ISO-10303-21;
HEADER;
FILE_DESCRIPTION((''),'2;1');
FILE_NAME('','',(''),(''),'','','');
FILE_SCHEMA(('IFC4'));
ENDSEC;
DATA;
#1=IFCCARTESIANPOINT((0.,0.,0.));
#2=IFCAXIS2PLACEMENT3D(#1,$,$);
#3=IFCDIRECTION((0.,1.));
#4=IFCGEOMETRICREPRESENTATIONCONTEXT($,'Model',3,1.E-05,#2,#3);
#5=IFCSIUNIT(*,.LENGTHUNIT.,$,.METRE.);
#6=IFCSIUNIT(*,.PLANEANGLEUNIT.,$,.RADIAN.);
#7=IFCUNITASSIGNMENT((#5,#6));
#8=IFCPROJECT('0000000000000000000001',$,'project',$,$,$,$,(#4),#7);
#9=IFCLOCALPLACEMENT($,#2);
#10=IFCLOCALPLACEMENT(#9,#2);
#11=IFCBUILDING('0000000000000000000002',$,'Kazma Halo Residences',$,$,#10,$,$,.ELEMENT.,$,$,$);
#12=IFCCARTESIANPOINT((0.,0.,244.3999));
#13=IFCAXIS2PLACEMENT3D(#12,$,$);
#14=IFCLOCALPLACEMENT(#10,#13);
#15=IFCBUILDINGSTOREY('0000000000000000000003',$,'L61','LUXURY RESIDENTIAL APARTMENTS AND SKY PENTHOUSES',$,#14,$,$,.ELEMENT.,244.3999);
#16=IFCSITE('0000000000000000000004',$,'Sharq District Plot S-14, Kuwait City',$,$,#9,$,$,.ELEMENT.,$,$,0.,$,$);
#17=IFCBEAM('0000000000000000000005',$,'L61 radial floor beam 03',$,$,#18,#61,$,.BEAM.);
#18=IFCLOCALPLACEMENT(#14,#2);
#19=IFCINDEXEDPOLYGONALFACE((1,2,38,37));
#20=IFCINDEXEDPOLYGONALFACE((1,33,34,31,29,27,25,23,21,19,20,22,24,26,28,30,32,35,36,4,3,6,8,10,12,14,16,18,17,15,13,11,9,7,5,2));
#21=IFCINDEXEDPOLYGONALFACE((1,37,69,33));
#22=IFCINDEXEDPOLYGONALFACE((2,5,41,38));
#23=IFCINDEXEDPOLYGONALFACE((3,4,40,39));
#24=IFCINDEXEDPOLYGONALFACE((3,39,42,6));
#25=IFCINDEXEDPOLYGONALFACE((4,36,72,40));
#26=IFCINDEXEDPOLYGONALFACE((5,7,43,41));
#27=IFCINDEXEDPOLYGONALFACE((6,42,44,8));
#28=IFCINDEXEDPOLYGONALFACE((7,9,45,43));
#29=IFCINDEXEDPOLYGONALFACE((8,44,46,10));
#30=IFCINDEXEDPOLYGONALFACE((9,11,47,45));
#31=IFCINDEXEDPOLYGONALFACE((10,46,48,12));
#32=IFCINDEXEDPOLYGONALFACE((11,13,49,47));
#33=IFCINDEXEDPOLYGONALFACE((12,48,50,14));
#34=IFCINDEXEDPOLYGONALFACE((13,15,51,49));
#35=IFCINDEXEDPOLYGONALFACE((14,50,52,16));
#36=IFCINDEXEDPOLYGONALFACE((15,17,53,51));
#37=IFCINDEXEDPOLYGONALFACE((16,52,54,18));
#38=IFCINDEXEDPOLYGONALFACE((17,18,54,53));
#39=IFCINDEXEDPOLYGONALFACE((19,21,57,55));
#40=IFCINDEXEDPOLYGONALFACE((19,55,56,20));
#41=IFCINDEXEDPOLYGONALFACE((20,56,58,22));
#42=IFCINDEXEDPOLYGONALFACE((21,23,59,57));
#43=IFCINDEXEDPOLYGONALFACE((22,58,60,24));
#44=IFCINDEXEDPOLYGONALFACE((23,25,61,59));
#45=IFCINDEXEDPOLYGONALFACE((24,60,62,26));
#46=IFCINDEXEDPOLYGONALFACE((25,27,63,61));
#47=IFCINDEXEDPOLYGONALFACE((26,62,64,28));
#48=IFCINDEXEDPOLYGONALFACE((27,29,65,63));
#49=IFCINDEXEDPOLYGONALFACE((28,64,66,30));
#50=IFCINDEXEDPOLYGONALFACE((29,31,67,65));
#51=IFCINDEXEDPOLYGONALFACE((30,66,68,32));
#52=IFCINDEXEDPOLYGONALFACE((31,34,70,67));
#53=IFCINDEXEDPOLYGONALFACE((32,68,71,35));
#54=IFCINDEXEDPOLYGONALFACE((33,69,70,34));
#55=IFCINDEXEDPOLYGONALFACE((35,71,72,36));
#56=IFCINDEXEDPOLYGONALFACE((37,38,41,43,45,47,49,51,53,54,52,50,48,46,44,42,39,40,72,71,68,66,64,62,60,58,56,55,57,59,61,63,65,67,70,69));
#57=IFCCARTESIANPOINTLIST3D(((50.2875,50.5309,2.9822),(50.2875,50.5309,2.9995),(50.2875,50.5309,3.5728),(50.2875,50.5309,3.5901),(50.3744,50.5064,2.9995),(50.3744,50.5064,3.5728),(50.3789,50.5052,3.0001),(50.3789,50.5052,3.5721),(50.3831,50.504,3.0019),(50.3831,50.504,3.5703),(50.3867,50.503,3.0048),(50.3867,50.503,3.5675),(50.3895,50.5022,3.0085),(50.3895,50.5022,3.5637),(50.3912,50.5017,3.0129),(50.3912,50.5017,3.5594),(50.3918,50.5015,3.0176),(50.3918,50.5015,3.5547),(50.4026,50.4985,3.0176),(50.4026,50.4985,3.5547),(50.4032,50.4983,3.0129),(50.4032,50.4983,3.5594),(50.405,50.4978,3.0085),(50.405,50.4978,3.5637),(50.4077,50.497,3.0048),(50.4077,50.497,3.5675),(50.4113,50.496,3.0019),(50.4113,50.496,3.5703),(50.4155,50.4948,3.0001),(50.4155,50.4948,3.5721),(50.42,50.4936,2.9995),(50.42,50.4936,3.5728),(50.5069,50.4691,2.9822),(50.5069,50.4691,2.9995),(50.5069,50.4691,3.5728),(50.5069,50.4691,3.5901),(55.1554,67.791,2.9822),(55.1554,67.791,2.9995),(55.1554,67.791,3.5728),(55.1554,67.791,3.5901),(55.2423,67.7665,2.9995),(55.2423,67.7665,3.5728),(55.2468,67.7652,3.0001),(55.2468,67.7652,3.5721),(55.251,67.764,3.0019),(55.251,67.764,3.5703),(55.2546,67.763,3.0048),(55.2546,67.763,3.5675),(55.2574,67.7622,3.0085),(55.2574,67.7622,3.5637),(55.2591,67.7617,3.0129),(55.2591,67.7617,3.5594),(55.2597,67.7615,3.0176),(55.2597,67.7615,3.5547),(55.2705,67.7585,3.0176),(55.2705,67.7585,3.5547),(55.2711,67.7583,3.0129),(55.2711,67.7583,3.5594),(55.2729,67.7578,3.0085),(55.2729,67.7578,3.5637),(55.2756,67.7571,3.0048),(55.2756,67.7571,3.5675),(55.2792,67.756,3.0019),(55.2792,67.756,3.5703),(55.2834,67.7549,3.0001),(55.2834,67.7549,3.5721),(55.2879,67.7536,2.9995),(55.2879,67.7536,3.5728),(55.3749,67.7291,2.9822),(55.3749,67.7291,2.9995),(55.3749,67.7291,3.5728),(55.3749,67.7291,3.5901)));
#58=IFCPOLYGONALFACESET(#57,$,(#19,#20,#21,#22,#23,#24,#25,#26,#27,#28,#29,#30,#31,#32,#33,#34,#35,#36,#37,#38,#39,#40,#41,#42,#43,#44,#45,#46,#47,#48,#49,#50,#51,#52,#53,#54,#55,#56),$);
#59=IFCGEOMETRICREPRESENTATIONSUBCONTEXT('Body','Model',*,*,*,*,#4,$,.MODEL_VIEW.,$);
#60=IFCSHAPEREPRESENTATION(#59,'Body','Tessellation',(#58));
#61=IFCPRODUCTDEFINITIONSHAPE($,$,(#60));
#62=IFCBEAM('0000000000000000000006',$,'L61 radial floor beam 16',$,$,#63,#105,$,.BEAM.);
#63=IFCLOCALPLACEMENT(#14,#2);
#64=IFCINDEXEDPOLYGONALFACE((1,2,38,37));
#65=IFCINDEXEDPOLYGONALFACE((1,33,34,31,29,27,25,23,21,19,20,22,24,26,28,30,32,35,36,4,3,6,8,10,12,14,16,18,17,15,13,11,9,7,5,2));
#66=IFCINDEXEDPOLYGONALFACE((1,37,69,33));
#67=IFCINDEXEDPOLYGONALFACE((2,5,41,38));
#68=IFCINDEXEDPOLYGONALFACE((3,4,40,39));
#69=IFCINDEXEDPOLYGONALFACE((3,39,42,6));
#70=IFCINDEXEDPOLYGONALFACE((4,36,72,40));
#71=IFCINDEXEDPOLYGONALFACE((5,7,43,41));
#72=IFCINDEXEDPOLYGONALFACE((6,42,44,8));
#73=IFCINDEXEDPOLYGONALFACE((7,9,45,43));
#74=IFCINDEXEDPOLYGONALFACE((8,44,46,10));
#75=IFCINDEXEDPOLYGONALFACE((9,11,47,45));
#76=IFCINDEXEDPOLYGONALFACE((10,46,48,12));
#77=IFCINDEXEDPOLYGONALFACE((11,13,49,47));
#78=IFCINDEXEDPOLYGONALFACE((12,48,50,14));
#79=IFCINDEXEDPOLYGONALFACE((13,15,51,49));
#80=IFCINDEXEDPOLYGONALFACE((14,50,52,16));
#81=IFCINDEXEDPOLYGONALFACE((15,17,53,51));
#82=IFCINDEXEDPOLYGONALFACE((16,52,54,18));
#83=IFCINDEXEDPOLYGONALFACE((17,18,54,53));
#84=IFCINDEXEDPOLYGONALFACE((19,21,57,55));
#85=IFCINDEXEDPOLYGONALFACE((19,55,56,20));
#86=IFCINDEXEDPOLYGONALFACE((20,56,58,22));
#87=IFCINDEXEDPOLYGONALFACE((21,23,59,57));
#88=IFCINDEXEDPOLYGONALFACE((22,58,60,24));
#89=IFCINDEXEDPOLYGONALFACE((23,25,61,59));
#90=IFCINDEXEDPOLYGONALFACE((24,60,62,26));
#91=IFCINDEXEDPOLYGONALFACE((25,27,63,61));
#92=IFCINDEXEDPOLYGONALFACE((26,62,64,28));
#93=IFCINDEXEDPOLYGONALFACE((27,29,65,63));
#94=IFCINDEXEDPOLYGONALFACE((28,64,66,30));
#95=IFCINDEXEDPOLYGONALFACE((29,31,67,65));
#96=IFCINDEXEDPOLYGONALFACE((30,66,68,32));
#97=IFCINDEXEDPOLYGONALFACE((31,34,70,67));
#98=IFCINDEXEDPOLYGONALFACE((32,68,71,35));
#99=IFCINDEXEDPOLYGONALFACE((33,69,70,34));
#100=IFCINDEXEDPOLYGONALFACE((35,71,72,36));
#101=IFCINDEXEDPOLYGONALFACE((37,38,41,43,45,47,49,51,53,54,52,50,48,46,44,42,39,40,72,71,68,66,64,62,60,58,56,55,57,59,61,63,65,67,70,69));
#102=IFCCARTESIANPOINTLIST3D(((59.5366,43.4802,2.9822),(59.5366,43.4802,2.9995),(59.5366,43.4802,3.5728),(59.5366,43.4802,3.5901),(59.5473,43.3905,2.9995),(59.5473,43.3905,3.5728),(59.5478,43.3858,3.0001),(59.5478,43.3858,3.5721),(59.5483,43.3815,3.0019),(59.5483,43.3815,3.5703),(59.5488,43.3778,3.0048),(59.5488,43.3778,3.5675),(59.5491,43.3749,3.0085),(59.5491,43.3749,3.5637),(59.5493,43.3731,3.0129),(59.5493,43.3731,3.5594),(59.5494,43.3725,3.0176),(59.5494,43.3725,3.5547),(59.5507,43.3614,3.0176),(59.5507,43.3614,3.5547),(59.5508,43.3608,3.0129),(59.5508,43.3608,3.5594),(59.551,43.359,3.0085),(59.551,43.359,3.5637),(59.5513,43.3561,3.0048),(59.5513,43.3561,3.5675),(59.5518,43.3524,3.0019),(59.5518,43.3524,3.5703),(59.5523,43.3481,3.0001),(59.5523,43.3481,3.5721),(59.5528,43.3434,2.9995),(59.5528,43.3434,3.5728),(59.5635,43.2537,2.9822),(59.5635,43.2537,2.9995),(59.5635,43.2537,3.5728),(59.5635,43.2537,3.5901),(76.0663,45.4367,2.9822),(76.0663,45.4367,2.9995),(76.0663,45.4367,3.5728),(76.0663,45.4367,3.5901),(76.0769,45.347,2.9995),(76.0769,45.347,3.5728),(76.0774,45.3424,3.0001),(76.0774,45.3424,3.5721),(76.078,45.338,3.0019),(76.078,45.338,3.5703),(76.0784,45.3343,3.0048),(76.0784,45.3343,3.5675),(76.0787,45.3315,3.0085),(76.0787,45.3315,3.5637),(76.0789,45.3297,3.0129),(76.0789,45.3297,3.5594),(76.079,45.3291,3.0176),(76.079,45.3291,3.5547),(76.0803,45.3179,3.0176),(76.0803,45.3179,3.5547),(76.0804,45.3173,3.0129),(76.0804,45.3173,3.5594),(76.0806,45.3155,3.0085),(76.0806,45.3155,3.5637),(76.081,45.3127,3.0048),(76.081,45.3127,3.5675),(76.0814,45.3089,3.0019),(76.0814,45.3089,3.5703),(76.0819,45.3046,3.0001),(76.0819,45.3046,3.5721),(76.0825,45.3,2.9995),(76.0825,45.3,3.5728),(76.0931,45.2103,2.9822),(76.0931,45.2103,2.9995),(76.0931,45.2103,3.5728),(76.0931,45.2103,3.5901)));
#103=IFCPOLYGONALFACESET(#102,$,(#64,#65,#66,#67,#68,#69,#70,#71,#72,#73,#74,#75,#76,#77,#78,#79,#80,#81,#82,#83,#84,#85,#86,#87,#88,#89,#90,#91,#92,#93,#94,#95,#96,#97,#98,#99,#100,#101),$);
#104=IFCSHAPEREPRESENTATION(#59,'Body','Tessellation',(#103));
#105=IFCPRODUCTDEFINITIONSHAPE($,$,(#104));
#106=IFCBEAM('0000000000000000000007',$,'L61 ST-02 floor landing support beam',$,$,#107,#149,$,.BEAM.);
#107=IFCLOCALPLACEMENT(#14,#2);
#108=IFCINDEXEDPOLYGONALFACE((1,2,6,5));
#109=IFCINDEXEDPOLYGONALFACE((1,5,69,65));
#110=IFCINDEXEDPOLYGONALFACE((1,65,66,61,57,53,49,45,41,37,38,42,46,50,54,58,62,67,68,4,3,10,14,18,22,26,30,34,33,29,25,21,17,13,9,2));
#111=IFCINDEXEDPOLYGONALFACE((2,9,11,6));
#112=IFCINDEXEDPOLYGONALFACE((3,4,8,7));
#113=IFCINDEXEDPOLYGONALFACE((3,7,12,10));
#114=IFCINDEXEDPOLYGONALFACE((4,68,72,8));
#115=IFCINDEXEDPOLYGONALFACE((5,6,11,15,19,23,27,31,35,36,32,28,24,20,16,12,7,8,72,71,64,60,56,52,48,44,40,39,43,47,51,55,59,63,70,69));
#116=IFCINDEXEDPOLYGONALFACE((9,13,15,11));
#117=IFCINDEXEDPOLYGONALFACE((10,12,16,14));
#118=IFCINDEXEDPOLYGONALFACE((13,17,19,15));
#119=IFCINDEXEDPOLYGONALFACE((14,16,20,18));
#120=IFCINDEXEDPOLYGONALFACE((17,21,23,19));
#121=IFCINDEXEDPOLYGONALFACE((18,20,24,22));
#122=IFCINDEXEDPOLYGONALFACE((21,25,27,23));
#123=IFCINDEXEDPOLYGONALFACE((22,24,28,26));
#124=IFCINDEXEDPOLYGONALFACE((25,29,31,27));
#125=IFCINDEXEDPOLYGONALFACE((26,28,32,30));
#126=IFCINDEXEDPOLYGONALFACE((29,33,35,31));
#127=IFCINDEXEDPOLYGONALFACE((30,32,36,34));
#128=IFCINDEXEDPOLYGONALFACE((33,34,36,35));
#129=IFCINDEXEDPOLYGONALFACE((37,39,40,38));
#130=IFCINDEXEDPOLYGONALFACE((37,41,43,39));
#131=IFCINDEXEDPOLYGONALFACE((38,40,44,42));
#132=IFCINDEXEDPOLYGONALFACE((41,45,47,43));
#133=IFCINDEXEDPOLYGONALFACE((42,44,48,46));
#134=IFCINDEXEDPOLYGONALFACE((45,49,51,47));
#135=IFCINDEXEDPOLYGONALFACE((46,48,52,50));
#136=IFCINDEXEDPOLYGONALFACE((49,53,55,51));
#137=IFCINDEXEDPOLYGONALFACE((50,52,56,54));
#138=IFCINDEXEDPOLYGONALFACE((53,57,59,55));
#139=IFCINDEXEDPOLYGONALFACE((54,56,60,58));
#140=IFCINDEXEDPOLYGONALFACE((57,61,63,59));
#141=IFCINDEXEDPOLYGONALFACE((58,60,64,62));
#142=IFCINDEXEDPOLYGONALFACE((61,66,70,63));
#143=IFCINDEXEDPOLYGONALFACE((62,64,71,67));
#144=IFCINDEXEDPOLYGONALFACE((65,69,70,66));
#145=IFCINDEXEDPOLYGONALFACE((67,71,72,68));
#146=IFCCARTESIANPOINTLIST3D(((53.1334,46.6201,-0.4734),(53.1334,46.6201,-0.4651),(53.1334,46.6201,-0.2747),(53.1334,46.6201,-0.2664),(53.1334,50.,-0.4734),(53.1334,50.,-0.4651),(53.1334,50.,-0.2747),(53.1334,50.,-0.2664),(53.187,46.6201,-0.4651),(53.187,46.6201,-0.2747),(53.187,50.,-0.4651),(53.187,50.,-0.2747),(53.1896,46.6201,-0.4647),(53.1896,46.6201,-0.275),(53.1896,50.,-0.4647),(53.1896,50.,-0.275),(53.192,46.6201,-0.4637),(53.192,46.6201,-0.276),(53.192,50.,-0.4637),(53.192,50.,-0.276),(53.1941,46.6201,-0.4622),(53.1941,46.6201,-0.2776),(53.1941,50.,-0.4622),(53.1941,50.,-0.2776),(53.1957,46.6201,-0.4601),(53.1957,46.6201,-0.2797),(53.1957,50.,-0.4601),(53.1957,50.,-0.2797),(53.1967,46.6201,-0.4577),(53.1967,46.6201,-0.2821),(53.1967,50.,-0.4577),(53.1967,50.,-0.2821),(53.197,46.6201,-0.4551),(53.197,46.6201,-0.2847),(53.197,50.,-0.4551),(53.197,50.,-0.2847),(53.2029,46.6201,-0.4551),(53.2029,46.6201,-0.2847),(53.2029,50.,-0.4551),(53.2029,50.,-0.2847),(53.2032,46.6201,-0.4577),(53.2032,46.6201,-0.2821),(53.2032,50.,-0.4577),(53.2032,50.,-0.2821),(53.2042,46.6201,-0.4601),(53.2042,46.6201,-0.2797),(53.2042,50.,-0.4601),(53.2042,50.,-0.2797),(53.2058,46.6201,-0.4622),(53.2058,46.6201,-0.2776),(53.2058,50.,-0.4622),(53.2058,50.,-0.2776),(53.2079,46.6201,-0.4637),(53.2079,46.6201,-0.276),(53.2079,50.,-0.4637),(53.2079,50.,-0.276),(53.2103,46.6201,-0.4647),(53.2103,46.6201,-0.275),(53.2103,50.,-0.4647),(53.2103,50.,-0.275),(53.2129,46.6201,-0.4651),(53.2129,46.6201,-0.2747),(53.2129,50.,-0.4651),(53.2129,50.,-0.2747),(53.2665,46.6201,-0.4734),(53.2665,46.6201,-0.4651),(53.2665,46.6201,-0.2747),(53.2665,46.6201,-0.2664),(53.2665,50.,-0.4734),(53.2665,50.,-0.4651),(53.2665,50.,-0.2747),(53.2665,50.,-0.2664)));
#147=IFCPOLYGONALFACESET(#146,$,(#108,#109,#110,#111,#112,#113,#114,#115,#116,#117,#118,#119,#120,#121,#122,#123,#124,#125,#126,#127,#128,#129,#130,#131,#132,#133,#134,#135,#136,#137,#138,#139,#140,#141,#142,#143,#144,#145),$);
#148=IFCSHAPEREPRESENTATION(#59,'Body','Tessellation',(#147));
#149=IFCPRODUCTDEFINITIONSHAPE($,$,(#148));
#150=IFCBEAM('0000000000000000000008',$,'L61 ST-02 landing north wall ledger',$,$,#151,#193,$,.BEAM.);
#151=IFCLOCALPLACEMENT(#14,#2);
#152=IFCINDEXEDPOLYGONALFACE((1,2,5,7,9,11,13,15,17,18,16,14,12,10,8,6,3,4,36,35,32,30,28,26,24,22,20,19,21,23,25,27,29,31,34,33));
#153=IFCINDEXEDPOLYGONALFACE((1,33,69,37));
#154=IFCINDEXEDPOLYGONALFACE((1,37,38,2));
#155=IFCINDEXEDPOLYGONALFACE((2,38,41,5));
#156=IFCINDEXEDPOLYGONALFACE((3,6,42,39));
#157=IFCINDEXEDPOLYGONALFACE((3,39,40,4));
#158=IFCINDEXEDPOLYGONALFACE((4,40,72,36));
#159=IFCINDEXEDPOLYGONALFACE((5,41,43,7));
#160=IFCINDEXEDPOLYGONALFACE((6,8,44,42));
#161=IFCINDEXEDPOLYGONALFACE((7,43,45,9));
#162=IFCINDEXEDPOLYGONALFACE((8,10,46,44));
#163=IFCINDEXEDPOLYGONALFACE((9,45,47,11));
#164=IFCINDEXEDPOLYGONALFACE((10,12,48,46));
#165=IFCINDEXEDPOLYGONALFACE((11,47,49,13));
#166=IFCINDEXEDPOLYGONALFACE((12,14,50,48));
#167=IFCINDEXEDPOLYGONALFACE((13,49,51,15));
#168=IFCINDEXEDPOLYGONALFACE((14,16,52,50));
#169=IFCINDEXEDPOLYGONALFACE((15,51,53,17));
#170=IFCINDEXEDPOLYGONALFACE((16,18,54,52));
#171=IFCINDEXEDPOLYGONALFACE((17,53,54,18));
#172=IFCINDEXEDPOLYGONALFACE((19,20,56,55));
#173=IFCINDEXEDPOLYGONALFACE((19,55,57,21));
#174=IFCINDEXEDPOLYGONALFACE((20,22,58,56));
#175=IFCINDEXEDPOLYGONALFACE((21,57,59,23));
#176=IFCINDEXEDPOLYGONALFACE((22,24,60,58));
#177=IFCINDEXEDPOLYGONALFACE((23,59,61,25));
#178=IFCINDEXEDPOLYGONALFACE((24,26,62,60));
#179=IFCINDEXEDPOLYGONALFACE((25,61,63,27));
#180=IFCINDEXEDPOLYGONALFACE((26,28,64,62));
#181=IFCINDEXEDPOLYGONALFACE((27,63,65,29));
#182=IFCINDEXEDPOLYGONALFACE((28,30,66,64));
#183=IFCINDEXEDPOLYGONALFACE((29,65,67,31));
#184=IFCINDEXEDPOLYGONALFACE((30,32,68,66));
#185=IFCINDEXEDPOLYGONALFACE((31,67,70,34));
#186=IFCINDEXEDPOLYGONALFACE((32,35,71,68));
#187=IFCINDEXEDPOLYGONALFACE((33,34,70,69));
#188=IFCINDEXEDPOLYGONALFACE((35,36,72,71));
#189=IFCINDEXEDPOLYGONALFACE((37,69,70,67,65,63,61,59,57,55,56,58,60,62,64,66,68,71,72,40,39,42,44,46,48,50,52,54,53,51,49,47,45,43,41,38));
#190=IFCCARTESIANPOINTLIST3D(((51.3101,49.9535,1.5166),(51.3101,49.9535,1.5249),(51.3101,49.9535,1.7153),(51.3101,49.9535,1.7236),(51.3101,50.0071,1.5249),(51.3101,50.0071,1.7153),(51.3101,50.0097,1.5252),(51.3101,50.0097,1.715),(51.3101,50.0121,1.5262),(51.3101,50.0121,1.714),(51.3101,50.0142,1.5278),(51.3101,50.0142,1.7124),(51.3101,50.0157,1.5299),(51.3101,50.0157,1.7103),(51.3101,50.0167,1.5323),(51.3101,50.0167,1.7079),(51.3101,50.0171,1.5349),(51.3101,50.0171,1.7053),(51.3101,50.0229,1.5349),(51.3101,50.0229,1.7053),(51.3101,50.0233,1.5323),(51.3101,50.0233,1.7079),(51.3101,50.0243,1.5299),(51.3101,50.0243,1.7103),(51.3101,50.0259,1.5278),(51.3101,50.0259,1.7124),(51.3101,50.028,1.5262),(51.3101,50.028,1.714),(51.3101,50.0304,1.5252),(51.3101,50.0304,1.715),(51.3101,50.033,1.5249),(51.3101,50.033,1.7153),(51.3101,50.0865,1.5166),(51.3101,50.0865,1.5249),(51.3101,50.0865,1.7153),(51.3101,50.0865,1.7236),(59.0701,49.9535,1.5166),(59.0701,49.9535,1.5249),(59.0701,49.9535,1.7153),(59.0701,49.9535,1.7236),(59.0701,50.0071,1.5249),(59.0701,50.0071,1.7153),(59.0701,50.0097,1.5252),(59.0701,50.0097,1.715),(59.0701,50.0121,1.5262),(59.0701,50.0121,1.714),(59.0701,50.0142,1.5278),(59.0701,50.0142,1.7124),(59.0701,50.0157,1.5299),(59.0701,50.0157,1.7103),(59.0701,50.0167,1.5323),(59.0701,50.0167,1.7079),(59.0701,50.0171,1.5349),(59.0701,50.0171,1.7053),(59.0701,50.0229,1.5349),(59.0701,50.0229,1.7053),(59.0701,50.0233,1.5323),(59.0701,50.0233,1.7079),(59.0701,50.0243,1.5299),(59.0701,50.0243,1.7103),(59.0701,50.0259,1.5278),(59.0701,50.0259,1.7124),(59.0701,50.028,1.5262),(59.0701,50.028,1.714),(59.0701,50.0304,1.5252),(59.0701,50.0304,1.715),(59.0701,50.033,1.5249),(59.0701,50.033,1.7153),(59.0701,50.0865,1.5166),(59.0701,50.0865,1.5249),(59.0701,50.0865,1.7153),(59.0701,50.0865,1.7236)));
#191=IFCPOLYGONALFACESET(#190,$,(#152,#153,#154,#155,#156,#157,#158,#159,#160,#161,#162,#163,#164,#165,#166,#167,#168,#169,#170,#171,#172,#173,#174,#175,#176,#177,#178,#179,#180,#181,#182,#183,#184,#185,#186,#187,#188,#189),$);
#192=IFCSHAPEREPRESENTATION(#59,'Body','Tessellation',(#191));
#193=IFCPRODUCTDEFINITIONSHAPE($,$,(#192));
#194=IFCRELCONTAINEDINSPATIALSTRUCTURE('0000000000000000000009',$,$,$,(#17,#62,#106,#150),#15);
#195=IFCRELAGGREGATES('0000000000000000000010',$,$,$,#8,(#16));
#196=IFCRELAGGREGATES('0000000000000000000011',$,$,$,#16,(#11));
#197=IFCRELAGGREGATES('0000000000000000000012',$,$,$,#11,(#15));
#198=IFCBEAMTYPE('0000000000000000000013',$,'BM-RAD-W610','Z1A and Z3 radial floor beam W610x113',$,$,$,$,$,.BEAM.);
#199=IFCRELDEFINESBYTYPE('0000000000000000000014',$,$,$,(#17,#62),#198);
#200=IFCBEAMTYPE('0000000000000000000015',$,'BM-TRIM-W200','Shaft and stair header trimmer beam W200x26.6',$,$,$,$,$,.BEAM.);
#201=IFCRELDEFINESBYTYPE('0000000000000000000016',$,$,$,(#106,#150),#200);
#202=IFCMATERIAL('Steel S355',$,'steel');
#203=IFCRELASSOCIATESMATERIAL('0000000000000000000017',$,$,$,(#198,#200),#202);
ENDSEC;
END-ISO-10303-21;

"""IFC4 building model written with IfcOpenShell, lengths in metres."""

from ifc_helpers import new_model, si_unit, direction, frame, origin, origin_2d, place, context, subcontext, project, spatial, i_section, extrude, material, material_profile, profile_set, type_object, element, save


model = new_model("IFC4")

# Units and contexts
model_context = context("Model", 3, precision=1e-05, world=origin(), true_north=direction((0.0, 1.0)))
body_context = subcontext(model_context, "Body", "Model", "MODEL_VIEW")
ifc_project = project(units=[si_unit("LENGTHUNIT", "METRE"), si_unit("PLANEANGLEUNIT", "RADIAN")], contexts=[model_context])

# Site, building, storey
site_placement = place(None, origin())
site = spatial("IfcSite", under=ifc_project, at=site_placement, Name="Sharq District Plot S-14, Kuwait City", CompositionType="ELEMENT", RefElevation=0.0)
building_placement = place(site_placement, origin())
building = spatial("IfcBuilding", under=site, at=building_placement, Name="Kazma Halo Residences", CompositionType="ELEMENT")
storey_placement = place(building_placement, frame((0.0, 0.0, 244.3999)))
storey = spatial("IfcBuildingStorey", under=building, at=storey_placement, Name="L61", Description="LUXURY RESIDENTIAL APARTMENTS AND SKY PENTHOUSES", CompositionType="ELEMENT", Elevation=244.3999)

# Shared definitions
ifc_material_1 = material(Name="Steel S355", Category="steel")

# Beams
ifc_material_profile_1 = material_profile(ifc_material_1, i_section(OverallWidth=0.228, OverallDepth=0.6079, WebThickness=0.0112, FlangeThickness=0.0173, FilletRadius=0.0181, at=origin_2d()), Name="W610x113")
ifc_profile_set_1 = profile_set([ifc_material_profile_1], Name="Steel S355")
beam_type_1 = type_object("IfcBeamType", Name="BM-RAD-W610", Description="Z1A and Z3 radial floor beam W610x113", PredefinedType="BEAM", material=ifc_profile_set_1)
beam_1_placement = place(storey_placement, frame((50.3972, 50.5, 3.2861), z_axis=(0.271445, 0.962454, 0.0), x_axis=(-0.962454, 0.271445, 0.0)))
element("IfcBeam", 1, at=beam_1_placement, inside=storey, type_object=beam_type_1, Name="L61 radial floor beam 03", PredefinedType="BEAM", context=body_context, shape_type="SweptSolid", body=[
    extrude(i_section(OverallWidth=0.228, OverallDepth=0.6079, WebThickness=0.0112, FlangeThickness=0.0173, FilletRadius=0.0181, at=origin_2d()), origin(), (0.0, 0.0, 1.0), 17.9333),
])
beam_2_placement = place(storey_placement, frame((59.55, 43.3669, 3.2861), z_axis=(0.993067, 0.117546, 0.0), x_axis=(-0.117546, 0.993067, 0.0)))
element("IfcBeam", 2, at=beam_2_placement, inside=storey, type_object=beam_type_1, Name="L61 radial floor beam 16", PredefinedType="BEAM", context=body_context, shape_type="SweptSolid", body=[
    extrude(i_section(OverallWidth=0.228, OverallDepth=0.6079, WebThickness=0.0112, FlangeThickness=0.0173, FilletRadius=0.0181, at=origin_2d()), origin(), (0.0, 0.0, 1.0), 16.645),
])
ifc_material_profile_2 = material_profile(ifc_material_1, i_section(OverallWidth=0.1331, OverallDepth=0.207, WebThickness=0.0059, FlangeThickness=0.0083, FilletRadius=0.01, at=origin_2d()), Name="W200x26.6")
ifc_profile_set_2 = profile_set([ifc_material_profile_2], Name="Steel S355")
beam_type_2 = type_object("IfcBeamType", Name="BM-TRIM-W200", Description="Shaft and stair header trimmer beam W200x26.6", PredefinedType="BEAM", material=ifc_profile_set_2)
beam_3_placement = place(storey_placement, frame((53.2, 46.6201, -0.3699), z_axis=(0.0, 1.0, 0.0), x_axis=(-1.0, 0.0, 0.0)))
element("IfcBeam", 3, at=beam_3_placement, inside=storey, type_object=beam_type_2, Name="L61 ST-02 floor landing support beam", PredefinedType="BEAM", context=body_context, shape_type="SweptSolid", body=[
    extrude(i_section(OverallWidth=0.1331, OverallDepth=0.207, WebThickness=0.0059, FlangeThickness=0.0083, FilletRadius=0.01, at=origin_2d()), origin(), (0.0, 0.0, 1.0), 3.3799),
])
beam_4_placement = place(storey_placement, frame((51.3101, 50.02, 1.6201), z_axis=(1.0, 0.0, 0.0), x_axis=(0.0, 1.0, 0.0)))
element("IfcBeam", 4, at=beam_4_placement, inside=storey, type_object=beam_type_2, Name="L61 ST-02 landing north wall ledger", PredefinedType="BEAM", context=body_context, shape_type="SweptSolid", body=[
    extrude(i_section(OverallWidth=0.1331, OverallDepth=0.207, WebThickness=0.0059, FlangeThickness=0.0083, FilletRadius=0.01, at=origin_2d()), origin(), (0.0, 0.0, 1.0), 7.76),
])

save(model, "model.ifc")
